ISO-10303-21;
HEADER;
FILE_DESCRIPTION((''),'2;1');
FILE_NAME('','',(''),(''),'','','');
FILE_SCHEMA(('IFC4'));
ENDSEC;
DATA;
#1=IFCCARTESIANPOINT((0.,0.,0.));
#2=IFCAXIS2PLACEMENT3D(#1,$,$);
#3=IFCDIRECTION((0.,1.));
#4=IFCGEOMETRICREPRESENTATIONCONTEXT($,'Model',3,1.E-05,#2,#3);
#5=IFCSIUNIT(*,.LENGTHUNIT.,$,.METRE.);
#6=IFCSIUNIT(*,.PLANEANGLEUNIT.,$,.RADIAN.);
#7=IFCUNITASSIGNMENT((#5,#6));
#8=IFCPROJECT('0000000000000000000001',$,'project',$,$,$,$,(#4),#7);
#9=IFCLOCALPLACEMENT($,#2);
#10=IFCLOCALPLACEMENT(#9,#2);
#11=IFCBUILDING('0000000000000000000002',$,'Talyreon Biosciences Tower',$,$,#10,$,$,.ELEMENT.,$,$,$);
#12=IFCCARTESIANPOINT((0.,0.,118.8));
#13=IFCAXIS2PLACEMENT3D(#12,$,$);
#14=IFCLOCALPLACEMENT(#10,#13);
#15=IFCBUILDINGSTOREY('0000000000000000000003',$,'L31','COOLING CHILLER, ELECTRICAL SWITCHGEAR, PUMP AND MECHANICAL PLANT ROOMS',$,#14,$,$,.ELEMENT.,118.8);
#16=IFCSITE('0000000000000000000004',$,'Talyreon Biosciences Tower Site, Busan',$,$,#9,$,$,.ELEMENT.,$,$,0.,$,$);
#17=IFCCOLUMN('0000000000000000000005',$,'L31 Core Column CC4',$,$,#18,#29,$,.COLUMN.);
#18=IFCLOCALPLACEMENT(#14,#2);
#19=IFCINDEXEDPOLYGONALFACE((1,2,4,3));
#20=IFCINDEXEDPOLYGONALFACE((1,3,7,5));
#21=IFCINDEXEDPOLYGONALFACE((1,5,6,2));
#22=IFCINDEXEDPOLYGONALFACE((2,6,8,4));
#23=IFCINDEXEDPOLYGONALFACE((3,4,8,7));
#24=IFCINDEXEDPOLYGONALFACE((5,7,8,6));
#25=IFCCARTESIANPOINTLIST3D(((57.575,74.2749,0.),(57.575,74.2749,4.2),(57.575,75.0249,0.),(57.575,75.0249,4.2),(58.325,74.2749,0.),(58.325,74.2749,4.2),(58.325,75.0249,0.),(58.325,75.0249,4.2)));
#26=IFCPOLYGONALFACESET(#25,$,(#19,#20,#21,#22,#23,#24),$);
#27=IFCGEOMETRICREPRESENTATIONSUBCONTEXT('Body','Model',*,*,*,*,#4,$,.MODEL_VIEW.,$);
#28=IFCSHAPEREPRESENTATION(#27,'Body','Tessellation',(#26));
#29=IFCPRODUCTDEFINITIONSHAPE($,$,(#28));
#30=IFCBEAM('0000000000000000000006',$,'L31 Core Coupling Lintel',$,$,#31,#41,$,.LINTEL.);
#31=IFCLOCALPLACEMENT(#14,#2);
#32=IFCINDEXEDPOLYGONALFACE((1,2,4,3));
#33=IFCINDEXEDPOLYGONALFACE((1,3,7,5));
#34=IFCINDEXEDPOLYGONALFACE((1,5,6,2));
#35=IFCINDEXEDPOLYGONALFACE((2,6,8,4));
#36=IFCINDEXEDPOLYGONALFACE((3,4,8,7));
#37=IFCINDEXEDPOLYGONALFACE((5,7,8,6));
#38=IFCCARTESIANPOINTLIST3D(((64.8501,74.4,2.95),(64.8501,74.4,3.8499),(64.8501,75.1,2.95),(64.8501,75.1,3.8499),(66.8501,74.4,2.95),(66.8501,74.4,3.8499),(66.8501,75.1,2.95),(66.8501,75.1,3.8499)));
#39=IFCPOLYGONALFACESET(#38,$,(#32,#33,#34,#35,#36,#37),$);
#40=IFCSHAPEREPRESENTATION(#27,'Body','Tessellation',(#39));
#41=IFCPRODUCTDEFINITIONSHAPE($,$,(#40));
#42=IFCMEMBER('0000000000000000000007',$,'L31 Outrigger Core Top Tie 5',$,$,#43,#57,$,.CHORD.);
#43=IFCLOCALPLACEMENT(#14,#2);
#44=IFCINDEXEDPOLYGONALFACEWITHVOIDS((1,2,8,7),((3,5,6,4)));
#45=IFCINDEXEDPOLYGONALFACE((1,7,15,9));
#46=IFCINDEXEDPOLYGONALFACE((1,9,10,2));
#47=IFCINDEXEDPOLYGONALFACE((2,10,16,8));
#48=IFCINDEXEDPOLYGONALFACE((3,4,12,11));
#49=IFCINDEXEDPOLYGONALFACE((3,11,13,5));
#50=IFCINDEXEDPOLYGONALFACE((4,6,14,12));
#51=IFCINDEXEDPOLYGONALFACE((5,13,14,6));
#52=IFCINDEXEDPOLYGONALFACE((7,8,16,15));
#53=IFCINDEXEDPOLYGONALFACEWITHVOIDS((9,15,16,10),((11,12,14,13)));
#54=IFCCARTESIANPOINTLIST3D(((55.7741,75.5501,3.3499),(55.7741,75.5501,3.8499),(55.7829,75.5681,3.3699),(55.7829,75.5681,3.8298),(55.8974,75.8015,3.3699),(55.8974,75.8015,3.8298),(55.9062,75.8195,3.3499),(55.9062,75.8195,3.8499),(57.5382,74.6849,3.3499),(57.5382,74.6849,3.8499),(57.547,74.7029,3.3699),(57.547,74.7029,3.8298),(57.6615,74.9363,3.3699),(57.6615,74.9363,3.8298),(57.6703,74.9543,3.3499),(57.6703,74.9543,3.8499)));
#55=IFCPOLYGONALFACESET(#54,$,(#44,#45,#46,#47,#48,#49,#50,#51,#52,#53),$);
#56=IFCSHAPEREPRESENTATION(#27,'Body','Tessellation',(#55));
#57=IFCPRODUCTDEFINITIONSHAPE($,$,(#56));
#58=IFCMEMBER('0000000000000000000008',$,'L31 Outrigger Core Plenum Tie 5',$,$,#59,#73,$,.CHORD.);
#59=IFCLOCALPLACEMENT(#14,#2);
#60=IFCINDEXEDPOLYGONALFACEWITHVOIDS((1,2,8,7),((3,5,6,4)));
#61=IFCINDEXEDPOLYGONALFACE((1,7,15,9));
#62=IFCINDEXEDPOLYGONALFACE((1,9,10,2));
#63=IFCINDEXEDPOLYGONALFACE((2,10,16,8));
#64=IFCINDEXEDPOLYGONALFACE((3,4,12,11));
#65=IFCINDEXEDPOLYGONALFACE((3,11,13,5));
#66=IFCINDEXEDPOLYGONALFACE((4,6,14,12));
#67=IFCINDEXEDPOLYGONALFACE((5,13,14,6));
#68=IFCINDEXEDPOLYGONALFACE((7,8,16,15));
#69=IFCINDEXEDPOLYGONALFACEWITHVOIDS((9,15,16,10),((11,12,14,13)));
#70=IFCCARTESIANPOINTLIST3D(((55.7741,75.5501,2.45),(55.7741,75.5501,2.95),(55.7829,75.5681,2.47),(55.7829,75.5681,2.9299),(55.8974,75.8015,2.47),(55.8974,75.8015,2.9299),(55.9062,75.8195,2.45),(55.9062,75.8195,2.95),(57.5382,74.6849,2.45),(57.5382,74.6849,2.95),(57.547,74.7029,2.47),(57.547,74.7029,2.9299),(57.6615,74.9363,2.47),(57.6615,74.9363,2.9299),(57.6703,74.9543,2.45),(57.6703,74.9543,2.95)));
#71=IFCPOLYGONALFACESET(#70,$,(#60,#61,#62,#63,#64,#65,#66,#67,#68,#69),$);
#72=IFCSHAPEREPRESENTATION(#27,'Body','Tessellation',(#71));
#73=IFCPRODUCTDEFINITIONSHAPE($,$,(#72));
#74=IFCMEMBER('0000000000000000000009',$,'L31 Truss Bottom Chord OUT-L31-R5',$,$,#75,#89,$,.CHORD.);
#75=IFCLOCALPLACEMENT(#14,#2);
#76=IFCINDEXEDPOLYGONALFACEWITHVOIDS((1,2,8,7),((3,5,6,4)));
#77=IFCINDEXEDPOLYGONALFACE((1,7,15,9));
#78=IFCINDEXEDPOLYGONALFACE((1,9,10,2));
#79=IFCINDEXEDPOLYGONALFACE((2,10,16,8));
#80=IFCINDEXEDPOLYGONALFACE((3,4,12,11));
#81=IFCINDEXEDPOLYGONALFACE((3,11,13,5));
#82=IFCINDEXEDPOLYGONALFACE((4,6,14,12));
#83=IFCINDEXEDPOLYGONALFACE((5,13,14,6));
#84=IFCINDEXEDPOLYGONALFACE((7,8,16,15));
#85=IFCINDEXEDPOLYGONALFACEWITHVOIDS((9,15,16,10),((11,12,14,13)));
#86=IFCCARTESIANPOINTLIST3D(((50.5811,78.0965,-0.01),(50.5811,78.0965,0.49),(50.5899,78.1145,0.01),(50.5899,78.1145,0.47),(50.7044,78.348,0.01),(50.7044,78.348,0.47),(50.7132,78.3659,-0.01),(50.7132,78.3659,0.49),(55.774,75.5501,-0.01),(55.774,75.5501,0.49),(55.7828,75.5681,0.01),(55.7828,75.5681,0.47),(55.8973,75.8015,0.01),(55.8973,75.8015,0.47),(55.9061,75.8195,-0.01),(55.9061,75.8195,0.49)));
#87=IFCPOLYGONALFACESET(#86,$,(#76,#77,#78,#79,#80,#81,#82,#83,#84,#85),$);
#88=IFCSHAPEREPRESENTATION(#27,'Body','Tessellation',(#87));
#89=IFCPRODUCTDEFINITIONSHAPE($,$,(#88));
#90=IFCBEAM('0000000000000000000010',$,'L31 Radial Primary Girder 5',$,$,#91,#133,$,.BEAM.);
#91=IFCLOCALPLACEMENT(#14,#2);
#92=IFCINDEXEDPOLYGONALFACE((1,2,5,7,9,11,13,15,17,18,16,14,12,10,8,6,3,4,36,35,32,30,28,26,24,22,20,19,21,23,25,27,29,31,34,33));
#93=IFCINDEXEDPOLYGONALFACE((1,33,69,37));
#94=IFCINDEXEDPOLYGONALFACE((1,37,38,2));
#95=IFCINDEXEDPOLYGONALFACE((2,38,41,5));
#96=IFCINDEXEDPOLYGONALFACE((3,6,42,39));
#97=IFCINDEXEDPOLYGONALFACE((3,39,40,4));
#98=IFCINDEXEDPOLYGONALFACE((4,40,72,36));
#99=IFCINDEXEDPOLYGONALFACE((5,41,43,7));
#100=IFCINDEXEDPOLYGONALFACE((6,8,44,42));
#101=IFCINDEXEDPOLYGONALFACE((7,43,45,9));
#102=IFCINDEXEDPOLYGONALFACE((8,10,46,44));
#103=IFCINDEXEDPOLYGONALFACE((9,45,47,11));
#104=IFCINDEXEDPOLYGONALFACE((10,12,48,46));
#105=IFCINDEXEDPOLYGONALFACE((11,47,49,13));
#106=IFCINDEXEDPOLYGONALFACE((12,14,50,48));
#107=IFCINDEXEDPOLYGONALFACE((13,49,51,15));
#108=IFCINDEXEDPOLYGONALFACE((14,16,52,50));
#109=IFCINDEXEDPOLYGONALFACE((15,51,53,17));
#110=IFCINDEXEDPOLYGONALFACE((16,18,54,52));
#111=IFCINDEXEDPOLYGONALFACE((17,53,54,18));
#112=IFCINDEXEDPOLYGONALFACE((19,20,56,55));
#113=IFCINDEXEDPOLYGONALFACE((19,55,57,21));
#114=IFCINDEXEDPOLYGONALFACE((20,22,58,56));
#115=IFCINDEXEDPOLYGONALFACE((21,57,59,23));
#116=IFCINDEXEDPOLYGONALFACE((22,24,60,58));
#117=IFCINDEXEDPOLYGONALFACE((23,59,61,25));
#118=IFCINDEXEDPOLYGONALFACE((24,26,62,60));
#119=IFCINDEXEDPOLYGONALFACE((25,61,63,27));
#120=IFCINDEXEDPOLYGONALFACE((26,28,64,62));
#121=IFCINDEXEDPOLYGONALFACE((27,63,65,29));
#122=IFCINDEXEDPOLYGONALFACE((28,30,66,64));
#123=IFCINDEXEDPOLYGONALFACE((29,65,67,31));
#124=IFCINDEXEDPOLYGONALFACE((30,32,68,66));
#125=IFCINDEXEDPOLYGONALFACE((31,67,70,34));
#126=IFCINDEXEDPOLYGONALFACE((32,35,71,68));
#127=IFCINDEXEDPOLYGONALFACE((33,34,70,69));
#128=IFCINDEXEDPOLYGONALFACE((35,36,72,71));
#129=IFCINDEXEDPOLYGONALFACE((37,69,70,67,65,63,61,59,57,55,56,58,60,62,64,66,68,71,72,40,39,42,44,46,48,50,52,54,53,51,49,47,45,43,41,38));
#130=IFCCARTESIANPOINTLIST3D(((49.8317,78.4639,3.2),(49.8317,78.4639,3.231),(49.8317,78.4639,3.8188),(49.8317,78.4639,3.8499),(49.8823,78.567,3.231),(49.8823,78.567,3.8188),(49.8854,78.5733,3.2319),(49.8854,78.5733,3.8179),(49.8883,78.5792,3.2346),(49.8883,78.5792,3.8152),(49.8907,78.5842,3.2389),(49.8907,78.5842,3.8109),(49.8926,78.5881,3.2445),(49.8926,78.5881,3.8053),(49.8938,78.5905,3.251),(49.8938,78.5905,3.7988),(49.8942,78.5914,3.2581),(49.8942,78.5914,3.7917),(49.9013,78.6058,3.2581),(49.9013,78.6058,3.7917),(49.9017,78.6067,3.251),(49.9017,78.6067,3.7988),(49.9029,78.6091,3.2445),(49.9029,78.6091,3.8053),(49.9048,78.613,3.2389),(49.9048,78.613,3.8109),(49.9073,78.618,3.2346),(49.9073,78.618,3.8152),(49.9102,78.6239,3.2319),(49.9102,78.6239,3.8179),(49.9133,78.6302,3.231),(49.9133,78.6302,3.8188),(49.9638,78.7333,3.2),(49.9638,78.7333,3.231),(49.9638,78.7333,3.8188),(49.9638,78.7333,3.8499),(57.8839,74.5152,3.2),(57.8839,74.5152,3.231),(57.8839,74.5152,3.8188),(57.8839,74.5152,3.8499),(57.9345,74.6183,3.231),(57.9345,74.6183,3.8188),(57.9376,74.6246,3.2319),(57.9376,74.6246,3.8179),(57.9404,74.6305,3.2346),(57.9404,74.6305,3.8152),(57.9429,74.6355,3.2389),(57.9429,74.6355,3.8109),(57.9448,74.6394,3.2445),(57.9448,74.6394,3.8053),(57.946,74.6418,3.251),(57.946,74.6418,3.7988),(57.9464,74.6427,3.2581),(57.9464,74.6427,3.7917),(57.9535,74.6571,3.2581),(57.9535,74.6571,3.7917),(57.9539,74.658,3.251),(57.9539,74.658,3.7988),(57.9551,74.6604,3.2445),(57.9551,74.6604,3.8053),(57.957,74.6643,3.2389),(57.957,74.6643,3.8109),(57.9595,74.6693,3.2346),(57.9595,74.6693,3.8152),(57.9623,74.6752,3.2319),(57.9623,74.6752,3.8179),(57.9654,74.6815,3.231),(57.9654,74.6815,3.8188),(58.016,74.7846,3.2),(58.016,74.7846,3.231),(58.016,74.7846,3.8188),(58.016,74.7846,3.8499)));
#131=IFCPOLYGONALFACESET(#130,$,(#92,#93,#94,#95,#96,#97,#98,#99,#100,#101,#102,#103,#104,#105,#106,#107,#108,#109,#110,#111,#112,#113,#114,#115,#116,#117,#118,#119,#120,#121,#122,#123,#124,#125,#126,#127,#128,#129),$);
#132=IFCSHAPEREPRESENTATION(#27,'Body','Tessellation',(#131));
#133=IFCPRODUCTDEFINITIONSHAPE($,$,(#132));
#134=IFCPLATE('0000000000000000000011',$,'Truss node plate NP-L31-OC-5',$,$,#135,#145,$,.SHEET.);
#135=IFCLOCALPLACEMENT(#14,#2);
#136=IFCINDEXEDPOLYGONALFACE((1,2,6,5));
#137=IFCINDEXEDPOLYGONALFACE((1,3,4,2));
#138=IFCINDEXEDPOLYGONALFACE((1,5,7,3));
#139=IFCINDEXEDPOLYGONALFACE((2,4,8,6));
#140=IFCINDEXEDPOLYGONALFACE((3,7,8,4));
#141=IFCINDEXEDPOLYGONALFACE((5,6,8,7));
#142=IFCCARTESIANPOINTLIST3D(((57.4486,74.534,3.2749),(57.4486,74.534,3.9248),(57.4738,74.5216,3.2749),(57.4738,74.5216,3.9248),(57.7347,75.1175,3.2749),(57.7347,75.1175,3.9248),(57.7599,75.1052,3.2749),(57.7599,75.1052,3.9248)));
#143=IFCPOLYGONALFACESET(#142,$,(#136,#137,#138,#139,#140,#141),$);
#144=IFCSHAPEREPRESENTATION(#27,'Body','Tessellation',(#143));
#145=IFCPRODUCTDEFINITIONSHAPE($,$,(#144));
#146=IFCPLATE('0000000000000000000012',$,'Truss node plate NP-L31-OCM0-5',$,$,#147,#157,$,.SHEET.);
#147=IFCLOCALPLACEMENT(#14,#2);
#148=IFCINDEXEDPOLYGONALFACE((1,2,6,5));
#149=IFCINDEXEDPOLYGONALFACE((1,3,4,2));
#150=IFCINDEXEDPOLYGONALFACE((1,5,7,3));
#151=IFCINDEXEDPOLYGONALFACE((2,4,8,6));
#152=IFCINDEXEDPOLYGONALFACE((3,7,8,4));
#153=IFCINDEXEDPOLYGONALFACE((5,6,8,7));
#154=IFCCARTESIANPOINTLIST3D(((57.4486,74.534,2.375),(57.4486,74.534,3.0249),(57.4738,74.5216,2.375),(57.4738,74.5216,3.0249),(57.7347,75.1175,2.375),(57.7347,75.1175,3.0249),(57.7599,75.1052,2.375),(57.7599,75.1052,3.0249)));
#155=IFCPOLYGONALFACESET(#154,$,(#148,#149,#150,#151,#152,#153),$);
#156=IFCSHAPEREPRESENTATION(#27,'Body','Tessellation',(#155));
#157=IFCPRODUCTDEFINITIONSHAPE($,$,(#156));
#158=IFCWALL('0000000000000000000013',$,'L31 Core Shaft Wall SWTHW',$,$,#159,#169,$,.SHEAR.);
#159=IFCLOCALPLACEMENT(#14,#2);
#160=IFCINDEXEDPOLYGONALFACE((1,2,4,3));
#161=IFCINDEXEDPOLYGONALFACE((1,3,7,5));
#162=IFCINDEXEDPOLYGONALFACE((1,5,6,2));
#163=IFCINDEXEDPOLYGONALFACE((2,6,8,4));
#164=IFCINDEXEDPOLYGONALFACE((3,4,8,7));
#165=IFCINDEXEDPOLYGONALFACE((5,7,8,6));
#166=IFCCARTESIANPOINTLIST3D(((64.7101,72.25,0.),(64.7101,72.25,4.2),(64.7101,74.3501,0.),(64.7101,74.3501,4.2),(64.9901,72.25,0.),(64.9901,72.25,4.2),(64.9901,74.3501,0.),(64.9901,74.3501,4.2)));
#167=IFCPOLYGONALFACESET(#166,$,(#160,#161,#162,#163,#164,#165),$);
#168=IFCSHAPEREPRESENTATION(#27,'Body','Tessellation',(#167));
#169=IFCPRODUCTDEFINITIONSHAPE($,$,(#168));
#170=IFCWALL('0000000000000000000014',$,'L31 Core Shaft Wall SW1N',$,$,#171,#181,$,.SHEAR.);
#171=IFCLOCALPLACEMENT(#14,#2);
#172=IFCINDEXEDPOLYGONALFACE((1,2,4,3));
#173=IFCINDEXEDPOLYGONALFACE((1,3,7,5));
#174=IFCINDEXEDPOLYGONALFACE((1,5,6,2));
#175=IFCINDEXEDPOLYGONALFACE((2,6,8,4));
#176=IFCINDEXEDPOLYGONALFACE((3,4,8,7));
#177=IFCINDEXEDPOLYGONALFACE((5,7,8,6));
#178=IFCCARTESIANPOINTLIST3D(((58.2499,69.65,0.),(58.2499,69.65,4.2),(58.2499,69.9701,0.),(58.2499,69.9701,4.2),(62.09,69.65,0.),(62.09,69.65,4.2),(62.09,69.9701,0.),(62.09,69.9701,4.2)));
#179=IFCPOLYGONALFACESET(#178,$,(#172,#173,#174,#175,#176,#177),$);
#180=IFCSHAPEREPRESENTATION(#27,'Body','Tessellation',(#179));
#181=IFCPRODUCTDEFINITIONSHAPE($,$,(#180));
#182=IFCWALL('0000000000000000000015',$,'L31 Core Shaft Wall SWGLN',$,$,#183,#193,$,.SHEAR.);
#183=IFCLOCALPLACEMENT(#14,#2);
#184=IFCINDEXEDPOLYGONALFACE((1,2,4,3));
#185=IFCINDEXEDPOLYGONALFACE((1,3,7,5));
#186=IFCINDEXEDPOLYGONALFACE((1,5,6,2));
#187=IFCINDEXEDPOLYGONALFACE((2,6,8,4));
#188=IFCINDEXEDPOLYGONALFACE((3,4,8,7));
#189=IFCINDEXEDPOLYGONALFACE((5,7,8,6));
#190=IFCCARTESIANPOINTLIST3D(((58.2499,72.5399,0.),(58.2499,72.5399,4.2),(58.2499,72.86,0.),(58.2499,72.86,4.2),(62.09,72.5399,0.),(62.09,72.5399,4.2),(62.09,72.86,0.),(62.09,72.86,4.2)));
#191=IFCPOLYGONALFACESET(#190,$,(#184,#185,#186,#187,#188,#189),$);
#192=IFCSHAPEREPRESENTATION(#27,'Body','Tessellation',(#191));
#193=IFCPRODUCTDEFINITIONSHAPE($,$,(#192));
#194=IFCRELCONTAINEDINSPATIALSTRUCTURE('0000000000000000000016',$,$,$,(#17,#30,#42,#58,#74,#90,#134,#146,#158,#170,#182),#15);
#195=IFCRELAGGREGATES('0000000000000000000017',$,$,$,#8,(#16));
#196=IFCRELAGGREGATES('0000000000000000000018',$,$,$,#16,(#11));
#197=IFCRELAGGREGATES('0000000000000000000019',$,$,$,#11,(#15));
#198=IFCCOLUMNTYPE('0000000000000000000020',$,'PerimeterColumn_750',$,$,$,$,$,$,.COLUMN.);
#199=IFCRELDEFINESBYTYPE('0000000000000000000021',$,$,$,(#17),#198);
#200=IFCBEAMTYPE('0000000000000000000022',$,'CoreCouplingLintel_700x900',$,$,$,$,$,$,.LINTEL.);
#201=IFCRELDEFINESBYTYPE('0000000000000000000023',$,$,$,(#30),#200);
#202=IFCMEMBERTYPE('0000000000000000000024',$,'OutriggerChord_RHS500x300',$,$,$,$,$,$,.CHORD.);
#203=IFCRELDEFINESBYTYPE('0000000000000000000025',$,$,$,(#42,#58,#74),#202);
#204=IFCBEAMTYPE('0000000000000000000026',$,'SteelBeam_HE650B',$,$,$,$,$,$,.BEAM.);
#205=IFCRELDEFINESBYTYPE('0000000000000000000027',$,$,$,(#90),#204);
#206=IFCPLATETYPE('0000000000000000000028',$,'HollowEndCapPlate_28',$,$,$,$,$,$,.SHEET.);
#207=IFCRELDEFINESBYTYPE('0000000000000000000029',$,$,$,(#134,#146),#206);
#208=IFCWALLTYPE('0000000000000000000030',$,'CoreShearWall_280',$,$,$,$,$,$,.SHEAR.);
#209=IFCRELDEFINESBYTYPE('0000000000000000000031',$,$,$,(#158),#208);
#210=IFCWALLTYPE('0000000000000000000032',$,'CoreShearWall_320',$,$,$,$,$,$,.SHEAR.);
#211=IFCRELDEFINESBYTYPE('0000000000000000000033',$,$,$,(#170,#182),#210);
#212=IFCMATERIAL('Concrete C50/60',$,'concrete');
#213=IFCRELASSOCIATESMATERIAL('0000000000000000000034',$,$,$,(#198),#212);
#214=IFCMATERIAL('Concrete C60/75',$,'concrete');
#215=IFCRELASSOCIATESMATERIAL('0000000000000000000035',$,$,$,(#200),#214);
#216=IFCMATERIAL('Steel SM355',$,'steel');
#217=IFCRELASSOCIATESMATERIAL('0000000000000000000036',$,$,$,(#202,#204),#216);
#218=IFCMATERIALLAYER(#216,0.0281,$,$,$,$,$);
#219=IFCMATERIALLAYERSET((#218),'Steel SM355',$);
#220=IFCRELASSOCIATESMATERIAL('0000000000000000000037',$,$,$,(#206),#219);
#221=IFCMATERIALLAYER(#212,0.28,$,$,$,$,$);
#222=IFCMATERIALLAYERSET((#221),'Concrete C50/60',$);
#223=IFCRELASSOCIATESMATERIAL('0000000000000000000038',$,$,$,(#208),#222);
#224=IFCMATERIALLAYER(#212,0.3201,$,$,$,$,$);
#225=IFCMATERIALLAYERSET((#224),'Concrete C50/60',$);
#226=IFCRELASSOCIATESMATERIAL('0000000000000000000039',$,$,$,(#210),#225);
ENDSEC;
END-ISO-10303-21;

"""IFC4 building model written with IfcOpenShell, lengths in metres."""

from ifc_helpers import new_model, si_unit, direction, frame, frame_2d, origin, origin_2d, place, context, subcontext, project, spatial, rectangle, hollow_rectangle, i_section, extrude, material, layer, layer_set, material_profile, profile_set, type_object, element, save


model = new_model("IFC4")

# Units and contexts
model_context = context("Model", 3, precision=1e-05, world=origin(), true_north=direction((0.0, 1.0)))
body_context = subcontext(model_context, "Body", "Model", "MODEL_VIEW")
ifc_project = project(units=[si_unit("LENGTHUNIT", "METRE"), si_unit("PLANEANGLEUNIT", "RADIAN")], contexts=[model_context])

# Site, building, storey
site_placement = place(None, origin())
site = spatial("IfcSite", under=ifc_project, at=site_placement, Name="Talyreon Biosciences Tower Site, Busan", CompositionType="ELEMENT", RefElevation=0.0)
building_placement = place(site_placement, origin())
building = spatial("IfcBuilding", under=site, at=building_placement, Name="Talyreon Biosciences Tower", CompositionType="ELEMENT")
storey_placement = place(building_placement, frame((0.0, 0.0, 118.8)))
storey = spatial("IfcBuildingStorey", under=building, at=storey_placement, Name="L31", Description="COOLING CHILLER, ELECTRICAL SWITCHGEAR, PUMP AND MECHANICAL PLANT ROOMS", CompositionType="ELEMENT", Elevation=118.8)

# Column
ifc_material_1 = material(Name="Concrete C50/60", Category="concrete")
ifc_material_profile_1 = material_profile(ifc_material_1, rectangle(XDim=0.75, YDim=0.75, at=origin_2d()), Name="RC 750x750")
ifc_profile_set_1 = profile_set([ifc_material_profile_1], Name="Concrete C50/60")
column_type = type_object("IfcColumnType", Name="PerimeterColumn_750", PredefinedType="COLUMN", material=ifc_profile_set_1)
column_placement = place(storey_placement, frame((57.95, 74.6499, 0.0), z_axis=(0.0, 0.0, 1.0), x_axis=(1.0, 0.0, 0.0)))
element("IfcColumn", 1, at=column_placement, inside=storey, type_object=column_type, Name="L31 Core Column CC4", PredefinedType="COLUMN", context=body_context, shape_type="SweptSolid", body=[
    extrude(rectangle(XDim=0.75, YDim=0.75, at=origin_2d()), origin(), (0.0, 0.0, 1.0), 4.2),
])

# Beam
ifc_material_2 = material(Name="Concrete C60/75", Category="concrete")
ifc_material_profile_2 = material_profile(ifc_material_2, rectangle(XDim=0.7, YDim=0.8999, at=origin_2d()), Name="RCB 700x900")
ifc_profile_set_2 = profile_set([ifc_material_profile_2], Name="Concrete C60/75")
beam_type_1 = type_object("IfcBeamType", Name="CoreCouplingLintel_700x900", PredefinedType="LINTEL", material=ifc_profile_set_2)
beam_1_placement = place(storey_placement, frame((64.8501, 74.75, 3.3999), z_axis=(1.0, 0.0, 0.0), x_axis=(0.0, 1.0, 0.0)))
element("IfcBeam", 2, at=beam_1_placement, inside=storey, type_object=beam_type_1, Name="L31 Core Coupling Lintel", PredefinedType="LINTEL", context=body_context, shape_type="SweptSolid", body=[
    extrude(rectangle(XDim=0.7, YDim=0.8999, at=origin_2d()), origin(), (0.0, 0.0, 1.0), 2.0),
])

# Members
ifc_material_3 = material(Name="Steel SM355", Category="steel")
ifc_material_profile_3 = material_profile(ifc_material_3, hollow_rectangle(XDim=0.3, YDim=0.5, WallThickness=0.02, at=origin_2d()), Name="RHS 500x300x20")
ifc_profile_set_3 = profile_set([ifc_material_profile_3], Name="Steel SM355")
member_type = type_object("IfcMemberType", Name="OutriggerChord_RHS500x300", PredefinedType="CHORD", material=ifc_profile_set_3)
for number, where, z_axis, x_axis, name in (
    (3, (57.6042, 74.8196, 3.5999), (-0.89783, 0.440342, 0.0), (-0.440342, -0.89783, 0.0), "L31 Outrigger Core Top Tie 5"),
    (4, (57.6042, 74.8196, 2.7), (-0.89783, 0.440342, 0.0), (-0.440342, -0.89783, 0.0), "L31 Outrigger Core Plenum Tie 5"),
):
    element("IfcMember", number, at=place(storey_placement, frame(where, z_axis=z_axis, x_axis=x_axis)), inside=storey, type_object=member_type, Name=name, PredefinedType="CHORD", context=body_context, shape_type="SweptSolid", body=[
        extrude(hollow_rectangle(XDim=0.3, YDim=0.5, WallThickness=0.02, at=origin_2d()), origin(), (0.0, 0.0, 1.0), 1.9648),
    ])
member_placement = place(storey_placement, frame((55.8401, 75.6848, 0.24), z_axis=(-0.897862, 0.440277, 0.0), x_axis=(-0.440277, -0.897862, 0.0)))
element("IfcMember", 5, at=member_placement, inside=storey, type_object=member_type, Name="L31 Truss Bottom Chord OUT-L31-R5", PredefinedType="CHORD", context=body_context, shape_type="SweptSolid", body=[
    extrude(hollow_rectangle(XDim=0.3, YDim=0.5, WallThickness=0.02, at=origin_2d()), origin(), (0.0, 0.0, 1.0), 5.7837),
])

# Beam
ifc_material_profile_4 = material_profile(ifc_material_3, i_section(OverallWidth=0.3, OverallDepth=0.6499, WebThickness=0.0161, FlangeThickness=0.031, FilletRadius=0.0271, at=origin_2d()), Name="HE650B")
ifc_profile_set_4 = profile_set([ifc_material_profile_4], Name="Steel SM355")
beam_type_2 = type_object("IfcBeamType", Name="SteelBeam_HE650B", PredefinedType="BEAM", material=ifc_profile_set_4)
beam_2_placement = place(storey_placement, frame((57.95, 74.6499, 3.5249), z_axis=(-0.897852, 0.440297, 0.0), x_axis=(-0.440297, -0.897852, 0.0)))
element("IfcBeam", 6, at=beam_2_placement, inside=storey, type_object=beam_type_2, Name="L31 Radial Primary Girder 5", PredefinedType="BEAM", context=body_context, shape_type="SweptSolid", body=[
    extrude(i_section(OverallWidth=0.3, OverallDepth=0.6499, WebThickness=0.0161, FlangeThickness=0.031, FilletRadius=0.0271, at=origin_2d()), origin(), (0.0, 0.0, 1.0), 8.9683),
])

# Plates
ifc_layer_1 = layer(ifc_material_3, 0.0281)
ifc_layer_set_1 = layer_set([ifc_layer_1], Name="Steel SM355")
plate_type = type_object("IfcPlateType", Name="HollowEndCapPlate_28", PredefinedType="SHEET", material=ifc_layer_set_1)
for number, where, z_axis, x_axis, name in (
    (7, (57.6042, 74.8196, 3.2749), (0.0, 0.0, 1.0), (-0.440284, -0.897859, 0.0), "Truss node plate NP-L31-OC-5"),
    (8, (57.6042, 74.8196, 2.375), (0.0, 0.0, 1.0), (-0.440284, -0.897859, 0.0), "Truss node plate NP-L31-OCM0-5"),
):
    element("IfcPlate", number, at=place(storey_placement, frame(where, z_axis=z_axis, x_axis=x_axis)), inside=storey, type_object=plate_type, Name=name, PredefinedType="SHEET", context=body_context, shape_type="SweptSolid", body=[
        extrude(rectangle(XDim=0.6499, YDim=0.0281, at=origin_2d()), origin(), (0.0, 0.0, 1.0), 0.6499),
    ])

# Walls
ifc_layer_2 = layer(ifc_material_1, 0.28)
ifc_layer_set_2 = layer_set([ifc_layer_2], Name="Concrete C50/60")
wall_type_1 = type_object("IfcWallType", Name="CoreShearWall_280", PredefinedType="SHEAR", material=ifc_layer_set_2)
wall_1_placement = place(storey_placement, frame((64.8501, 72.25, 0.0), z_axis=(0.0, 0.0, 1.0), x_axis=(0.0, 1.0, 0.0)))
element("IfcWall", 9, at=wall_1_placement, inside=storey, type_object=wall_type_1, Name="L31 Core Shaft Wall SWTHW", PredefinedType="SHEAR", context=body_context, shape_type="SweptSolid", body=[
    extrude(rectangle(XDim=2.1001, YDim=0.28, at=frame_2d((1.05, 0.0))), origin(), (0.0, 0.0, 1.0), 4.2),
])
ifc_layer_3 = layer(ifc_material_1, 0.3201)
ifc_layer_set_3 = layer_set([ifc_layer_3], Name="Concrete C50/60")
wall_type_2 = type_object("IfcWallType", Name="CoreShearWall_320", PredefinedType="SHEAR", material=ifc_layer_set_3)
for number, where, z_axis, x_axis, name in (
    (10, (58.25, 69.8101, 0.0), (0.0, 0.0, 1.0), (1.0, 0.0, 0.0), "L31 Core Shaft Wall SW1N"),
    (11, (58.25, 72.7, 0.0), (0.0, 0.0, 1.0), (1.0, 0.0, 0.0), "L31 Core Shaft Wall SWGLN"),
):
    element("IfcWall", number, at=place(storey_placement, frame(where, z_axis=z_axis, x_axis=x_axis)), inside=storey, type_object=wall_type_2, Name=name, PredefinedType="SHEAR", context=body_context, shape_type="SweptSolid", body=[
        extrude(rectangle(XDim=3.8401, YDim=0.3201, at=frame_2d((1.9199, 0.0))), origin(), (0.0, 0.0, 1.0), 4.2),
    ])

save(model, "model.ifc")
